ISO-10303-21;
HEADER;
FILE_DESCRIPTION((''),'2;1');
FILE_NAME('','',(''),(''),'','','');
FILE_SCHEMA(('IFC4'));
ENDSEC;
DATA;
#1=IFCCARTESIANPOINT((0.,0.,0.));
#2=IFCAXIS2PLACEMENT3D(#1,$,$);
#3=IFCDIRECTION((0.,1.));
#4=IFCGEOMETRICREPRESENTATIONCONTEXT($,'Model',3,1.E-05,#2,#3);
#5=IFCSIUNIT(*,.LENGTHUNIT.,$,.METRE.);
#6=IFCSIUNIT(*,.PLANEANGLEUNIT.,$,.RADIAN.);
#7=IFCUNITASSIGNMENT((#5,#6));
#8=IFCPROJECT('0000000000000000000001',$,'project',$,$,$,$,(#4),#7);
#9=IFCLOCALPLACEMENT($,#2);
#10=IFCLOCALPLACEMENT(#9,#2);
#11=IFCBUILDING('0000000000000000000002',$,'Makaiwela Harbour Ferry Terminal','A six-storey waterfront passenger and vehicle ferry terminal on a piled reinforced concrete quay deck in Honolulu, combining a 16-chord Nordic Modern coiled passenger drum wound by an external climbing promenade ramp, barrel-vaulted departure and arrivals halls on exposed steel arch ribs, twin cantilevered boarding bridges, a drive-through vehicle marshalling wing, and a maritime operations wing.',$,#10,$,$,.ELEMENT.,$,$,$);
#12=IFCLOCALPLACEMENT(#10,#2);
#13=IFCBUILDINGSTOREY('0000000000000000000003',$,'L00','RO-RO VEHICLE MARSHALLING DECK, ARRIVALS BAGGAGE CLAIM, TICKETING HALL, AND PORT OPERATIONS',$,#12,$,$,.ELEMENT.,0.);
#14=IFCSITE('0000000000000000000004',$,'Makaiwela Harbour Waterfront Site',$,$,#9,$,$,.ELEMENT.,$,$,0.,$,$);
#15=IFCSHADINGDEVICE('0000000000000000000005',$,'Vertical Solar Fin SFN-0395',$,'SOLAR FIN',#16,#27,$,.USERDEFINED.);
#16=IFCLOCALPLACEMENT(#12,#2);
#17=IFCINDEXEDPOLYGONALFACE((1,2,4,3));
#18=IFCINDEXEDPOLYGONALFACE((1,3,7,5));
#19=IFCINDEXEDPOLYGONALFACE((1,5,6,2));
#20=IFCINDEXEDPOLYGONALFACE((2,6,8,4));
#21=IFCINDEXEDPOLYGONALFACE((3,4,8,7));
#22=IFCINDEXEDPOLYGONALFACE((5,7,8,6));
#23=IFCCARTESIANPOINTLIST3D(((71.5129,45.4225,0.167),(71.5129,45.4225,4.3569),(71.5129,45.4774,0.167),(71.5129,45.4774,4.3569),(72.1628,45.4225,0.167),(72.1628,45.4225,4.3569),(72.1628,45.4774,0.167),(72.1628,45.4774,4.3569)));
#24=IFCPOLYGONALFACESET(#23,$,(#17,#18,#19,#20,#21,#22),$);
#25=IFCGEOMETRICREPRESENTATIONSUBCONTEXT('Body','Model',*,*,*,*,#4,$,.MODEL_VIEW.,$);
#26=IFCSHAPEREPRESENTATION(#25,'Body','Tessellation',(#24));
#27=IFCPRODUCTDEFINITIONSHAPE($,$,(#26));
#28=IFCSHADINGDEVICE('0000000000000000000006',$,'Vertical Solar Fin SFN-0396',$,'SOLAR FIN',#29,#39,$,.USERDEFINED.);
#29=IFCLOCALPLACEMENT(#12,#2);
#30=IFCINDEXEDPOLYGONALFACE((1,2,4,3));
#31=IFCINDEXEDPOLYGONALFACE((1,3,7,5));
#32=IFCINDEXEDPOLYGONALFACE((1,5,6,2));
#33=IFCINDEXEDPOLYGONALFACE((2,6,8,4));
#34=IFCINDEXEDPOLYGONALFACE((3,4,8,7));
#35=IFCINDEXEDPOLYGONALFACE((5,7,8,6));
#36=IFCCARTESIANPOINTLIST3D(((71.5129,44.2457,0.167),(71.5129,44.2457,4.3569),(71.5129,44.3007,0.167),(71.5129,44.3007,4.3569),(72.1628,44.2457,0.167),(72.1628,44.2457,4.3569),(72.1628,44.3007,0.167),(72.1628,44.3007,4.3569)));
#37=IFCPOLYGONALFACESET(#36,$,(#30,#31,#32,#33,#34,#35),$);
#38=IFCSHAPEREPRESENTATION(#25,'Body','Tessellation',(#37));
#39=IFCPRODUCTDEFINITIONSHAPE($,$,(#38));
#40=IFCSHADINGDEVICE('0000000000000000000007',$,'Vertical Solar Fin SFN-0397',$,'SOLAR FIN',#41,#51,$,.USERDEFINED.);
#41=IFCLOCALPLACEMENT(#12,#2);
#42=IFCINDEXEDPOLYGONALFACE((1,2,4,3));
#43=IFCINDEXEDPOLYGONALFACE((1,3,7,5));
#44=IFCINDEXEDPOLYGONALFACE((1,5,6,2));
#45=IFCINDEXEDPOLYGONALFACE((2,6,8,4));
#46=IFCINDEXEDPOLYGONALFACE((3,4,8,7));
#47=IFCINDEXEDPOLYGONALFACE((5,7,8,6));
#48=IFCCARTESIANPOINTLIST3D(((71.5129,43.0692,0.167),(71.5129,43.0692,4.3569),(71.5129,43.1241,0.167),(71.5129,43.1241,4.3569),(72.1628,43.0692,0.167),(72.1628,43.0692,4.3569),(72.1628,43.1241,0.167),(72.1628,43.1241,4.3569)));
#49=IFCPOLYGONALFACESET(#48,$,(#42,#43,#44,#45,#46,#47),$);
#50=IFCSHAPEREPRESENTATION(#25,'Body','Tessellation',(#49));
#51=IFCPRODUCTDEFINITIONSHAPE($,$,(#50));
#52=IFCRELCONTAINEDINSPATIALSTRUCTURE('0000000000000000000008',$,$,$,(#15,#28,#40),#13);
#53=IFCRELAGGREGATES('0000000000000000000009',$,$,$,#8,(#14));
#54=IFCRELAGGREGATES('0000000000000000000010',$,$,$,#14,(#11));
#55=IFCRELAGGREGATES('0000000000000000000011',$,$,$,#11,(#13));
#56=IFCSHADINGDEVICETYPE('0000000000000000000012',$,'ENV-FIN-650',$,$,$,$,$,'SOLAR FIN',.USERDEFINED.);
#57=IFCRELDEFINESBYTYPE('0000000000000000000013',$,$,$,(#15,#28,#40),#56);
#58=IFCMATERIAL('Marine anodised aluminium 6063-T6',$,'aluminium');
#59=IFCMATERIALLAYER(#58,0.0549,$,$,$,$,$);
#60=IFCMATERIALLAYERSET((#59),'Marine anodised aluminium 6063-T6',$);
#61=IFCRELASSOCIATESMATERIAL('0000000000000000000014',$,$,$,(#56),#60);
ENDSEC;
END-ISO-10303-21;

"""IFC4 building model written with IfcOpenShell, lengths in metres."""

from ifc_helpers import new_model, si_unit, direction, frame, origin, origin_2d, place, context, subcontext, project, spatial, rectangle, extrude, material, layer, layer_set, type_object, element, save


model = new_model("IFC4")

# Units and contexts
model_context = context("Model", 3, precision=1e-05, world=origin(), true_north=direction((0.0, 1.0)))
body_context = subcontext(model_context, "Body", "Model", "MODEL_VIEW")
ifc_project = project(units=[si_unit("LENGTHUNIT", "METRE"), si_unit("PLANEANGLEUNIT", "RADIAN")], contexts=[model_context])

# Site, building, storey
site_placement = place(None, origin())
site = spatial("IfcSite", under=ifc_project, at=site_placement, Name="Makaiwela Harbour Waterfront Site", CompositionType="ELEMENT", RefElevation=0.0)
building_placement = place(site_placement, origin())
building = spatial("IfcBuilding", under=site, at=building_placement, Name="Makaiwela Harbour Ferry Terminal", Description="A six-storey waterfront passenger and vehicle ferry terminal on a piled reinforced concrete quay deck in Honolulu, combining a 16-chord Nordic Modern coiled passenger drum wound by an external climbing promenade ramp, barrel-vaulted departure and arrivals halls on exposed steel arch ribs, twin cantilevered boarding bridges, a drive-through vehicle marshalling wing, and a maritime operations wing.", CompositionType="ELEMENT")
storey_placement = place(building_placement, origin())
storey = spatial("IfcBuildingStorey", under=building, at=storey_placement, Name="L00", Description="RO-RO VEHICLE MARSHALLING DECK, ARRIVALS BAGGAGE CLAIM, TICKETING HALL, AND PORT OPERATIONS", CompositionType="ELEMENT", Elevation=0.0)

# Shared definitions
ifc_material_1 = material(Name="Marine anodised aluminium 6063-T6", Category="aluminium")

# Shading devices
ifc_layer_1 = layer(ifc_material_1, 0.0549)
ifc_layer_set_1 = layer_set([ifc_layer_1], Name="Marine anodised aluminium 6063-T6")
shading_device_type = type_object("IfcShadingDeviceType", Name="ENV-FIN-650", ElementType="SOLAR FIN", PredefinedType="USERDEFINED", material=ifc_layer_set_1)
for number, where, z_axis, x_axis, name in (
    (1, (71.8379, 45.45, 0.167), (0.0, 0.0, 1.0), (1.0, 0.0, 0.0), "Vertical Solar Fin SFN-0395"),
    (2, (71.8379, 44.2732, 0.167), (0.0, 0.0, 1.0), (1.0, 0.0, 0.0), "Vertical Solar Fin SFN-0396"),
    (3, (71.8379, 43.0967, 0.167), (0.0, 0.0, 1.0), (1.0, 0.0, 0.0), "Vertical Solar Fin SFN-0397"),
):
    element("IfcShadingDevice", number, at=place(storey_placement, frame(where, z_axis=z_axis, x_axis=x_axis)), inside=storey, type_object=shading_device_type, Name=name, ObjectType="SOLAR FIN", PredefinedType="USERDEFINED", context=body_context, shape_type="SweptSolid", body=[
        extrude(rectangle(XDim=0.6499, YDim=0.0549, at=origin_2d()), origin(), (0.0, 0.0, 1.0), 4.1899),
    ])

save(model, "model.ifc")
